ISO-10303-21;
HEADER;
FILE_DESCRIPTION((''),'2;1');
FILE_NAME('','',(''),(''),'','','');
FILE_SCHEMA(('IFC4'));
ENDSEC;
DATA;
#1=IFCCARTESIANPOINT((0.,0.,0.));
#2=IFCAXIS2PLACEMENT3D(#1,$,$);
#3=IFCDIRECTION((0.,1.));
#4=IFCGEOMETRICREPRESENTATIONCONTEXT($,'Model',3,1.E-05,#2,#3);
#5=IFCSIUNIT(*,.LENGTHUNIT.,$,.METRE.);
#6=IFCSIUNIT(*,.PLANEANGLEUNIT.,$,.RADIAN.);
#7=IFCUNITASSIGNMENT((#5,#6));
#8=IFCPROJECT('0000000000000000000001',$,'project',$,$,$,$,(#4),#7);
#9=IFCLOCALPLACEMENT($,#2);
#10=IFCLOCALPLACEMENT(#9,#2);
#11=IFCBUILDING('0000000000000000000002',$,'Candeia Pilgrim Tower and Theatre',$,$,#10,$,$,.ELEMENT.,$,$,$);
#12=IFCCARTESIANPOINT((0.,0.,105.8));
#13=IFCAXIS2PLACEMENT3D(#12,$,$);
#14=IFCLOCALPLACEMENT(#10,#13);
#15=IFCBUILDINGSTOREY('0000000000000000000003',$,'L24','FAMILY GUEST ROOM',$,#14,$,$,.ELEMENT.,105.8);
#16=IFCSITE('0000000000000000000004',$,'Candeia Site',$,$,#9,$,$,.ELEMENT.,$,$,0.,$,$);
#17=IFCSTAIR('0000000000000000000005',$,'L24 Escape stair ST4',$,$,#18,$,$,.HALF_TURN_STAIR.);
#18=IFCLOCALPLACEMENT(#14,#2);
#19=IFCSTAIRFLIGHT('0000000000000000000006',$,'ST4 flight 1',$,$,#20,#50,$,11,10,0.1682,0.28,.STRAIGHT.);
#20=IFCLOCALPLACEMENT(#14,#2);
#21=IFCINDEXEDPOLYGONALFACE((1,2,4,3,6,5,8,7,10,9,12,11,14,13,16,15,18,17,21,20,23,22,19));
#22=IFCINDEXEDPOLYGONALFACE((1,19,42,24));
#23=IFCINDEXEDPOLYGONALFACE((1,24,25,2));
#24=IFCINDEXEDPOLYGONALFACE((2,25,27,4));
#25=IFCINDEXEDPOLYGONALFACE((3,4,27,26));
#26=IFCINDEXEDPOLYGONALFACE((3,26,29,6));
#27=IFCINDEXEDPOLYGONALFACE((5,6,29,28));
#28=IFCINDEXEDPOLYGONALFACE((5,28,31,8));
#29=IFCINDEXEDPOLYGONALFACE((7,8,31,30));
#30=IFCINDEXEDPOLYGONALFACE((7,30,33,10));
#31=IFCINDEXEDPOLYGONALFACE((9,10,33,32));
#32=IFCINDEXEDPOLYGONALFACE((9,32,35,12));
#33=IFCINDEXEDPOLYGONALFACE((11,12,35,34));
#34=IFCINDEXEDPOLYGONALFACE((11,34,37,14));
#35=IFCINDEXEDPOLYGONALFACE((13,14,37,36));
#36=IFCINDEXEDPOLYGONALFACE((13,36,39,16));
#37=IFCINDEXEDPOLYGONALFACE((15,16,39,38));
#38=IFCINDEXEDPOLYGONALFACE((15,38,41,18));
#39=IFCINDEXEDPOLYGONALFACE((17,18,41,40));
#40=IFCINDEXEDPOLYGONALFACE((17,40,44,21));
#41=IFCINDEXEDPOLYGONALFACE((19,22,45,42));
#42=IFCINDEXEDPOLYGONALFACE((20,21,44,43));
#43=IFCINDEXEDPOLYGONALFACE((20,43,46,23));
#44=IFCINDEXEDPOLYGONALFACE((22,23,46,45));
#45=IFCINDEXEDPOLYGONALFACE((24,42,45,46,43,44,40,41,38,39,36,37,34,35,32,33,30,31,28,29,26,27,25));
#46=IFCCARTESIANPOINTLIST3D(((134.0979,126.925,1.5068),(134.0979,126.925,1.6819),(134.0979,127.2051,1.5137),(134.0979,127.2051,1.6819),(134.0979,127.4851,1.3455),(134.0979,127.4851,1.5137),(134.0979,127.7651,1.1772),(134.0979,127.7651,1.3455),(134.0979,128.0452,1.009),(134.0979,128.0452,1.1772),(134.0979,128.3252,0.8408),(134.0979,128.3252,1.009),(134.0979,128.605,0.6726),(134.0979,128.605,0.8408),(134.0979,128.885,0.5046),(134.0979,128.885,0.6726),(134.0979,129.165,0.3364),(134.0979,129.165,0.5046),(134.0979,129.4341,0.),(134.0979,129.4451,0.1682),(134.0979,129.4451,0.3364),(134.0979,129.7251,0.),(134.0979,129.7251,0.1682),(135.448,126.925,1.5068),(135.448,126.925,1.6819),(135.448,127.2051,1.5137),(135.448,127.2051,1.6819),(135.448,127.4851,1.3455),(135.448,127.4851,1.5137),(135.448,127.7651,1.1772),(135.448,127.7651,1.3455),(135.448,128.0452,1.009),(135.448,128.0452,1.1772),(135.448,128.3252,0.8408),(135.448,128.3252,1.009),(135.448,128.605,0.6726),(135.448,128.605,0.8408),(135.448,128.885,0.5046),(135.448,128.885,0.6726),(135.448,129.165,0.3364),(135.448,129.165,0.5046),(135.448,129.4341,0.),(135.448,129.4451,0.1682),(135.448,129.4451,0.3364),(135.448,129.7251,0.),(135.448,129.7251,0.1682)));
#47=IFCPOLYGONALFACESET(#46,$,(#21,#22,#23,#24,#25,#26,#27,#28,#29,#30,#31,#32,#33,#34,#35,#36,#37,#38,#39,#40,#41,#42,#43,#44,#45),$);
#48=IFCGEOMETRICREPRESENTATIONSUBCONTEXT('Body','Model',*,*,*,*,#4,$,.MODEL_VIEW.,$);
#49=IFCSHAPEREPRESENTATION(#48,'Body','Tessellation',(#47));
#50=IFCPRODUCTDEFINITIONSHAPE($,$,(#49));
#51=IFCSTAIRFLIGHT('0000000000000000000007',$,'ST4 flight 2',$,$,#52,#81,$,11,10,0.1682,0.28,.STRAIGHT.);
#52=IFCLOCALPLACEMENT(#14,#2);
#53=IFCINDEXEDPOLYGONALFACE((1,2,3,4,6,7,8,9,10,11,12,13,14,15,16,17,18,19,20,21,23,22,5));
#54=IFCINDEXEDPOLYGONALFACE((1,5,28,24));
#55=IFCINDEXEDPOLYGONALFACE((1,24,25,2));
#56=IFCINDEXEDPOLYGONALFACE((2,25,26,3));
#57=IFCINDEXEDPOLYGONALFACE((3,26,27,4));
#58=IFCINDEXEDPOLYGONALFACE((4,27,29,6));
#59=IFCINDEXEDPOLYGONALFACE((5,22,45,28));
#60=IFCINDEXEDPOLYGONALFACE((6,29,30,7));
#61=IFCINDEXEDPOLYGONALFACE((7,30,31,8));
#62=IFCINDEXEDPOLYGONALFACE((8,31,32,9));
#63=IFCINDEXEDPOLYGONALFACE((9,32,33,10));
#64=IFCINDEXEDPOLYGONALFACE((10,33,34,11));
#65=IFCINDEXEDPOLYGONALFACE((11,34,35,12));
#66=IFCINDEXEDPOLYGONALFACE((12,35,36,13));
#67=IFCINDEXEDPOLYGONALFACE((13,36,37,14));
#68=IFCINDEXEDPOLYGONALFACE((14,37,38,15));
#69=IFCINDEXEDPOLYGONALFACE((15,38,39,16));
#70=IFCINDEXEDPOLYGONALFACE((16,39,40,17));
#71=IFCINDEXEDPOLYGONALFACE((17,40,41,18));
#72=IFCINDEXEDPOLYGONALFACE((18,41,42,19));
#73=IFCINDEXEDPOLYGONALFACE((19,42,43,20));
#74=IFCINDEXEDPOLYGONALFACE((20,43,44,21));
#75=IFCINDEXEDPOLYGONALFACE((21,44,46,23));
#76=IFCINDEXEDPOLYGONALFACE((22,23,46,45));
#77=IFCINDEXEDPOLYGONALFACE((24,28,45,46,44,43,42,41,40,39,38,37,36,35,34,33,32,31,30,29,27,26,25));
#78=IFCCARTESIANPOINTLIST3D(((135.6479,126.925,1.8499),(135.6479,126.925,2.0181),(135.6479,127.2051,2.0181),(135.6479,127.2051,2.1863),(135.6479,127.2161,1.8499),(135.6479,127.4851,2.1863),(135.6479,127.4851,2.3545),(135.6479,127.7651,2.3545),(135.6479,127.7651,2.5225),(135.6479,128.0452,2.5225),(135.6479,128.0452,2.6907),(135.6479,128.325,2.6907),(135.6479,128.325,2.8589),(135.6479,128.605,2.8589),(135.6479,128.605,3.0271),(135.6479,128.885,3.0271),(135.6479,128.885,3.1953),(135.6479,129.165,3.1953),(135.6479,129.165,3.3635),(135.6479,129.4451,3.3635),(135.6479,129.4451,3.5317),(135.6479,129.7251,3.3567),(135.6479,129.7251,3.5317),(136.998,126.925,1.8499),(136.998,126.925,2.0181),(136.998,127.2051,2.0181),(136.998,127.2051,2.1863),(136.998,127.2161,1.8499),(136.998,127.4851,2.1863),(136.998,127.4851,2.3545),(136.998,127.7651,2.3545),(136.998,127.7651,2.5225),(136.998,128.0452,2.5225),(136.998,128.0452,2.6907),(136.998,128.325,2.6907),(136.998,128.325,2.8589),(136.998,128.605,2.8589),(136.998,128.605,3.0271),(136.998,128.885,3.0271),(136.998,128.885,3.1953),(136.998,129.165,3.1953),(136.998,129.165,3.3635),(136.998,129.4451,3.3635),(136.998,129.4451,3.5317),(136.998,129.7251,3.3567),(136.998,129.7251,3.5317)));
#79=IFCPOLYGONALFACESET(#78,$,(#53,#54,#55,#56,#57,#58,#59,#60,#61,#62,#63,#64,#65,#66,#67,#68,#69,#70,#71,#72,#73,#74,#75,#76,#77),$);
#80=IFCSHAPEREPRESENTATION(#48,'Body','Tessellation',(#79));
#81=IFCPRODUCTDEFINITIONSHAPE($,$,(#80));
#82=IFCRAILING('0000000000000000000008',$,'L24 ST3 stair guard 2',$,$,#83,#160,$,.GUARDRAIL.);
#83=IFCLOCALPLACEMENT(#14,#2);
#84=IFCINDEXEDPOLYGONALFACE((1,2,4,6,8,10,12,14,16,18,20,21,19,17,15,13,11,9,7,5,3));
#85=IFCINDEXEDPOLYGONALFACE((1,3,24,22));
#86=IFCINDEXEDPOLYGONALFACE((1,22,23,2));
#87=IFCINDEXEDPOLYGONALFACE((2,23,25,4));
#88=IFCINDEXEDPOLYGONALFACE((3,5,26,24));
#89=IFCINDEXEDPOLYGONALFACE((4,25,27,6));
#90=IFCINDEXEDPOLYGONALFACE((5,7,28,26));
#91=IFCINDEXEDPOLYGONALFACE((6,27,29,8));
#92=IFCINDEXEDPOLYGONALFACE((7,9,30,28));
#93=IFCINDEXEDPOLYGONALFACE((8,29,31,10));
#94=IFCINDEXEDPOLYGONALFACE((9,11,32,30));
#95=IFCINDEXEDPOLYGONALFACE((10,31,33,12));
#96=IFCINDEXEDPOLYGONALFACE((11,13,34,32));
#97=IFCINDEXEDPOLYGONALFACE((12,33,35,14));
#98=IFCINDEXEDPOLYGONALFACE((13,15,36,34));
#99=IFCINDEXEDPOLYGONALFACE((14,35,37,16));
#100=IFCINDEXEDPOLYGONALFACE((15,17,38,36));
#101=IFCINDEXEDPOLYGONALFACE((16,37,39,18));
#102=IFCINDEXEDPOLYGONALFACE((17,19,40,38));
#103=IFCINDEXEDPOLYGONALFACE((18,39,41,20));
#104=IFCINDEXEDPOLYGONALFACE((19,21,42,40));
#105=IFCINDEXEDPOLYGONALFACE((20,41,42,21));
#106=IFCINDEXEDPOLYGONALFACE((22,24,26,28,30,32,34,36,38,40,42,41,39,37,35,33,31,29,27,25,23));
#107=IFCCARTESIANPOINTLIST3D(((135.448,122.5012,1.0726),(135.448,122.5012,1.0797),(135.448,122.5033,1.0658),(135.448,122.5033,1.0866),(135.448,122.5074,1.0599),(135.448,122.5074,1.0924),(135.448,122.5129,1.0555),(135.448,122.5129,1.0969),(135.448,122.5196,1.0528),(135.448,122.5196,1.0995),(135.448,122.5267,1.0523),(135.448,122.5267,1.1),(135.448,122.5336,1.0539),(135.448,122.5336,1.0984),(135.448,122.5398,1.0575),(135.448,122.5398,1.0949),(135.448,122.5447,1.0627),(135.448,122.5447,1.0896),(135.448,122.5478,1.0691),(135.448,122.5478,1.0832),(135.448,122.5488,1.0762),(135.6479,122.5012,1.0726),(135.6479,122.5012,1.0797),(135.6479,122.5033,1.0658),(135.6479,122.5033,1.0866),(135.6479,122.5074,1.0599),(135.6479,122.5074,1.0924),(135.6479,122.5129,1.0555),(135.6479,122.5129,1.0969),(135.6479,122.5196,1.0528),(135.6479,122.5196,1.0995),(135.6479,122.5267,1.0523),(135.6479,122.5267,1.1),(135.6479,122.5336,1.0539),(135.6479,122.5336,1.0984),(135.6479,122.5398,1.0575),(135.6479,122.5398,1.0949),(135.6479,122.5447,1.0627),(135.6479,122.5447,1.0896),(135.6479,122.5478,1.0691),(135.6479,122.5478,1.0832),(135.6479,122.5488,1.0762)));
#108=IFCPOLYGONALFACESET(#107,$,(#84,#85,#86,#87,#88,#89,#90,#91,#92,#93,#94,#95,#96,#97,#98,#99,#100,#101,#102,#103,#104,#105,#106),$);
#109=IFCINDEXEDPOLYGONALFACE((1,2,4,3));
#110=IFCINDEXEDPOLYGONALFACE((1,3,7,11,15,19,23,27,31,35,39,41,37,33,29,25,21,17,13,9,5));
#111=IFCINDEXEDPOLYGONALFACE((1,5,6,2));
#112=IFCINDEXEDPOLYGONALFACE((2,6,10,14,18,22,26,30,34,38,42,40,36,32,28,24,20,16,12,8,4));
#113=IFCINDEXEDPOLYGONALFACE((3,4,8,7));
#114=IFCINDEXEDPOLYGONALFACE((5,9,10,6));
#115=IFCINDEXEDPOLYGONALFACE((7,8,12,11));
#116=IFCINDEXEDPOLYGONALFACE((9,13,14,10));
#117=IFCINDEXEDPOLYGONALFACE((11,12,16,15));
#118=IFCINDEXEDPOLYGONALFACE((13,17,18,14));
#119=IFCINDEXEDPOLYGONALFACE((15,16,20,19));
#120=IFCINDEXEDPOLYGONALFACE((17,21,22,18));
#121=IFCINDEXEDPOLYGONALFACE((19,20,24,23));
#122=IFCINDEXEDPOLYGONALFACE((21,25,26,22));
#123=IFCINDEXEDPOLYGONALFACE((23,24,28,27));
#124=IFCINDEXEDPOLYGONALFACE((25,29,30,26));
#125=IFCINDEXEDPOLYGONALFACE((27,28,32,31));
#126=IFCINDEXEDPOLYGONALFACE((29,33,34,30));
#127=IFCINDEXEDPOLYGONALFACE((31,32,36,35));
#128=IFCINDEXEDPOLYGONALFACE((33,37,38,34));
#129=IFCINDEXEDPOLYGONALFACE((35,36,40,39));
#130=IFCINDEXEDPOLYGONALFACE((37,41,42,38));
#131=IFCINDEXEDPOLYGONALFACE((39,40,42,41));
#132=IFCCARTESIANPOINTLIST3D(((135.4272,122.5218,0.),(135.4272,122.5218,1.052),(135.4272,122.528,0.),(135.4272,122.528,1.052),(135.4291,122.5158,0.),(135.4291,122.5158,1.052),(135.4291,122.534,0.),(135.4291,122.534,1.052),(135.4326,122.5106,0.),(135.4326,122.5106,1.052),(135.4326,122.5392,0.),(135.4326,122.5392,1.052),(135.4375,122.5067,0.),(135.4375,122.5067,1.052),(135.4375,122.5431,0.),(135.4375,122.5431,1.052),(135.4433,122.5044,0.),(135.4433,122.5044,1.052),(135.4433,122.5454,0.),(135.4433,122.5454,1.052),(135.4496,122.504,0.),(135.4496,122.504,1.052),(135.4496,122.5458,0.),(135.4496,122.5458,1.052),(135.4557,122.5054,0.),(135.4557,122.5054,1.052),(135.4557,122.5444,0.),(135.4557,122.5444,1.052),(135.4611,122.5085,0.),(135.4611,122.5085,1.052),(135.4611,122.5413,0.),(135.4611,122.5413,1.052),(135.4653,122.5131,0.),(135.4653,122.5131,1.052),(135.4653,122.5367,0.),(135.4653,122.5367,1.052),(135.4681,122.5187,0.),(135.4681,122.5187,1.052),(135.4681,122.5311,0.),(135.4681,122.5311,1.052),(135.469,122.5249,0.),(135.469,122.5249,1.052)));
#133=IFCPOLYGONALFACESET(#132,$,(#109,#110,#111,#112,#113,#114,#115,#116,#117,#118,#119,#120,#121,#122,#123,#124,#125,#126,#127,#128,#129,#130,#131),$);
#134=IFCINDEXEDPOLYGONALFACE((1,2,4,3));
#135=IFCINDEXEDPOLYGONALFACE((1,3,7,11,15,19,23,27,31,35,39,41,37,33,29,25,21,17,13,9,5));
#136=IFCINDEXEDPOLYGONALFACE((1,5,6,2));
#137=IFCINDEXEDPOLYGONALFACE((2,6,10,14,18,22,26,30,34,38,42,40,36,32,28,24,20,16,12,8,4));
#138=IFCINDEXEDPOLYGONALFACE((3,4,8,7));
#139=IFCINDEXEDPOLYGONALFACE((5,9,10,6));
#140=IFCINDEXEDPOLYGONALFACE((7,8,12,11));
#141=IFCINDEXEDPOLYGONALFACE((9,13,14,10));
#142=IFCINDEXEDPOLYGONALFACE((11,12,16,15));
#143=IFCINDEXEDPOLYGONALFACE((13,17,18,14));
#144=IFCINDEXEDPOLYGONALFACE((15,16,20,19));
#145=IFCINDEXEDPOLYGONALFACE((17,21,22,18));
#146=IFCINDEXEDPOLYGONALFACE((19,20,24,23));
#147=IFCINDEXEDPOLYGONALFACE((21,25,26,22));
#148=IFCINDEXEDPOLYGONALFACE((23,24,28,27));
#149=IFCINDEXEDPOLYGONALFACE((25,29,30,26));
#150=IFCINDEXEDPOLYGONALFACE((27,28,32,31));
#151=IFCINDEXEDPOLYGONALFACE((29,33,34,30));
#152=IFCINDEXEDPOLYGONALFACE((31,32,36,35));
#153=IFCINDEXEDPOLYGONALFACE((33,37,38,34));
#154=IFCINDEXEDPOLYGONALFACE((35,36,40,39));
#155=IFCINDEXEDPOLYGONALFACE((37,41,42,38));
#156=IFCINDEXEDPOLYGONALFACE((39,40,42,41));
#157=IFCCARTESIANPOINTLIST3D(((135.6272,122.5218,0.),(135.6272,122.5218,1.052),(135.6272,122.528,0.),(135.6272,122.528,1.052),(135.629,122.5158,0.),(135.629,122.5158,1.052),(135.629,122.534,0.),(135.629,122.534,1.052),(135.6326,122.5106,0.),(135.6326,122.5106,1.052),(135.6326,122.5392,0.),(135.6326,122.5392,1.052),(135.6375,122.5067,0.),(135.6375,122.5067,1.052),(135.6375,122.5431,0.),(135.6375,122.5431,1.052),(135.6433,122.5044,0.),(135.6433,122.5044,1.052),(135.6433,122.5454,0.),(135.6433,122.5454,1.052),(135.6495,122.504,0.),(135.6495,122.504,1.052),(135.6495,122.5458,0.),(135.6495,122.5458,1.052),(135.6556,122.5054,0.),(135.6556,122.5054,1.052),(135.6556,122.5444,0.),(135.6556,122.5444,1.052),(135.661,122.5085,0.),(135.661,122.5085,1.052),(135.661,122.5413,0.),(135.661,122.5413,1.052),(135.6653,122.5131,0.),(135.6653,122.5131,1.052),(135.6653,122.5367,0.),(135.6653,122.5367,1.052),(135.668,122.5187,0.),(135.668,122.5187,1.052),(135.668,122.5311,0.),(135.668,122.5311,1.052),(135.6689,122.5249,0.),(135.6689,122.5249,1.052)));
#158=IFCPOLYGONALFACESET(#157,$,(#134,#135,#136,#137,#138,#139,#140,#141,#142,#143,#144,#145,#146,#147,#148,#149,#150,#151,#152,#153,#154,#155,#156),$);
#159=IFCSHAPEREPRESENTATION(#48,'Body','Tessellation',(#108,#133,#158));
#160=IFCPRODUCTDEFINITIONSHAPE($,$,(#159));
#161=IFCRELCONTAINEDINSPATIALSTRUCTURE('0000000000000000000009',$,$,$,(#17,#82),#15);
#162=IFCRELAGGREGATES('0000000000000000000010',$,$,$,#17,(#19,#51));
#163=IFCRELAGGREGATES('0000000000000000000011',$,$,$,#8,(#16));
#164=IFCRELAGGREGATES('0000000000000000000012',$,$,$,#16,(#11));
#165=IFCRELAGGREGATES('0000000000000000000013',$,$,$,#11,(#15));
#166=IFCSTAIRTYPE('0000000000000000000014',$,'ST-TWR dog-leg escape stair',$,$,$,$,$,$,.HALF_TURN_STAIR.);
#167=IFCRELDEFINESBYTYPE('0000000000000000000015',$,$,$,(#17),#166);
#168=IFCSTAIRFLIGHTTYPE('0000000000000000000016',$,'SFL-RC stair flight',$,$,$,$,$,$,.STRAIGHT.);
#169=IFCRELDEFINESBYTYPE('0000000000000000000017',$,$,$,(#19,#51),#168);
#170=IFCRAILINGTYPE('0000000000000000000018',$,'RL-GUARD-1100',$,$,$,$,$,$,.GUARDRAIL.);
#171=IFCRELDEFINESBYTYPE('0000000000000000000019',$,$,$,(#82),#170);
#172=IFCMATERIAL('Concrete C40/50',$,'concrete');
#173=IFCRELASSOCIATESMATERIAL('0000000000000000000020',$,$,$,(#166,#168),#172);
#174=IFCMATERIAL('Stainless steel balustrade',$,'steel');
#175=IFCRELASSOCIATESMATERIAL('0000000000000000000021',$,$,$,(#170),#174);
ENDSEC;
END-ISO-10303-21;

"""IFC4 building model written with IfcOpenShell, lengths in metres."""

from ifc_helpers import new_model, si_unit, direction, frame, origin, origin_2d, place, context, subcontext, project, spatial, polyline, circle, outline, extrude, material, type_object, element, aggregate, save


model = new_model("IFC4")

# Units and contexts
model_context = context("Model", 3, precision=1e-05, world=origin(), true_north=direction((0.0, 1.0)))
body_context = subcontext(model_context, "Body", "Model", "MODEL_VIEW")
ifc_project = project(units=[si_unit("LENGTHUNIT", "METRE"), si_unit("PLANEANGLEUNIT", "RADIAN")], contexts=[model_context])

# Site, building, storey
site_placement = place(None, origin())
site = spatial("IfcSite", under=ifc_project, at=site_placement, Name="Candeia Site", CompositionType="ELEMENT", RefElevation=0.0)
building_placement = place(site_placement, origin())
building = spatial("IfcBuilding", under=site, at=building_placement, Name="Candeia Pilgrim Tower and Theatre", CompositionType="ELEMENT")
storey_placement = place(building_placement, frame((0.0, 0.0, 105.8)))
storey = spatial("IfcBuildingStorey", under=building, at=storey_placement, Name="L24", Description="FAMILY GUEST ROOM", CompositionType="ELEMENT", Elevation=105.8)

# Shared definitions
ifc_material_1 = material(Name="Concrete C40/50", Category="concrete")

# Stair, stair flights
stair_type = type_object("IfcStairType", Name="ST-TWR dog-leg escape stair", PredefinedType="HALF_TURN_STAIR", material=ifc_material_1)
stair_flight_type = type_object("IfcStairFlightType", Name="SFL-RC stair flight", PredefinedType="STRAIGHT", material=ifc_material_1)
stair_1_placement = place(storey_placement, origin())
stair_1 = element("IfcStair", 1, at=stair_1_placement, inside=storey, type_object=stair_type, Name="L24 Escape stair ST4", PredefinedType="HALF_TURN_STAIR")
stair_flight_1_placement = place(storey_placement, frame((134.7729, 129.7251, 0.0), z_axis=(0.0, 0.0, 1.0), x_axis=(0.0, -1.0, 0.0)))
stair_flight_1 = element("IfcStairFlight", 2, at=stair_flight_1_placement, type_object=stair_flight_type, Name="ST4 flight 1", NumberOfRisers=11, NumberOfTreads=10, PredefinedType="STRAIGHT", RiserHeight=0.1682, TreadLength=0.28, context=body_context, shape_type="SweptSolid", body=[
    extrude(outline(polyline([(0.0, 0.0), (0.0, 0.1682), (0.28, 0.1682), (0.28, 0.3364), (0.5601, 0.3364), (0.5601, 0.5046), (0.8401, 0.5046), (0.8401, 0.6726), (1.1201, 0.6726), (1.1201, 0.8408), (1.3999, 0.8408), (1.3999, 1.009), (1.6799, 1.009), (1.6799, 1.1772), (1.96, 1.1772), (1.96, 1.3455), (2.24, 1.3455), (2.24, 1.5137), (2.52, 1.5137), (2.52, 1.6819), (2.8, 1.6819), (2.8, 1.8501), (2.8, 1.5068), (0.291, 0.0), (0.0, 0.0)])), frame((0.0, 0.675, 0.0), z_axis=(0.0, -1.0, 0.0), x_axis=(1.0, 0.0, 0.0)), (0.0, 0.0, 1.0), 1.3501),
])
stair_flight_2_placement = place(storey_placement, frame((136.323, 126.925, 1.8499), z_axis=(0.0, 0.0, 1.0), x_axis=(0.0, 1.0, 0.0)))
stair_flight_2 = element("IfcStairFlight", 3, at=stair_flight_2_placement, type_object=stair_flight_type, Name="ST4 flight 2", NumberOfRisers=11, NumberOfTreads=10, PredefinedType="STRAIGHT", RiserHeight=0.1682, TreadLength=0.28, context=body_context, shape_type="SweptSolid", body=[
    extrude(outline(polyline([(0.0, 0.0), (0.0, 0.1682), (0.28, 0.1682), (0.28, 0.3364), (0.5601, 0.3364), (0.5601, 0.5046), (0.8401, 0.5046), (0.8401, 0.6726), (1.1201, 0.6726), (1.1201, 0.8408), (1.3999, 0.8408), (1.3999, 1.009), (1.6799, 1.009), (1.6799, 1.1772), (1.96, 1.1772), (1.96, 1.3455), (2.24, 1.3455), (2.24, 1.5137), (2.52, 1.5137), (2.52, 1.6819), (2.8, 1.6819), (2.8, 1.8501), (2.8, 1.5068), (0.291, 0.0), (0.0, 0.0)])), frame((0.0, 0.675, 0.0), z_axis=(0.0, -1.0, 0.0), x_axis=(1.0, 0.0, 0.0)), (0.0, 0.0, 1.0), 1.3501),
])
aggregate(stair_1, [stair_flight_1, stair_flight_2])

# Railing
ifc_material_2 = material(Name="Stainless steel balustrade", Category="steel")
railing_type_1 = type_object("IfcRailingType", Name="RL-GUARD-1100", PredefinedType="GUARDRAIL", material=ifc_material_2)
railing_1_placement = place(storey_placement, frame((135.448, 122.5249, 0.0)))
element("IfcRailing", 4, at=railing_1_placement, inside=storey, type_object=railing_type_1, Name="L24 ST3 stair guard 2", PredefinedType="GUARDRAIL", context=body_context, shape_type="SweptSolid", body=[
    extrude(circle(Radius=0.0239, at=origin_2d()), frame((0.0, 0.0, 1.0762), z_axis=(1.0, 0.0, 0.0), x_axis=(0.0, 1.0, 0.0)), (0.0, 0.0, 1.0), 0.2),
    extrude(circle(Radius=0.021, at=origin_2d()), origin(), (0.0, 0.0, 1.0), 1.052),
    extrude(circle(Radius=0.021, at=origin_2d()), frame((0.2, 0.0, 0.0)), (0.0, 0.0, 1.0), 1.052),
])

save(model, "model.ifc")
